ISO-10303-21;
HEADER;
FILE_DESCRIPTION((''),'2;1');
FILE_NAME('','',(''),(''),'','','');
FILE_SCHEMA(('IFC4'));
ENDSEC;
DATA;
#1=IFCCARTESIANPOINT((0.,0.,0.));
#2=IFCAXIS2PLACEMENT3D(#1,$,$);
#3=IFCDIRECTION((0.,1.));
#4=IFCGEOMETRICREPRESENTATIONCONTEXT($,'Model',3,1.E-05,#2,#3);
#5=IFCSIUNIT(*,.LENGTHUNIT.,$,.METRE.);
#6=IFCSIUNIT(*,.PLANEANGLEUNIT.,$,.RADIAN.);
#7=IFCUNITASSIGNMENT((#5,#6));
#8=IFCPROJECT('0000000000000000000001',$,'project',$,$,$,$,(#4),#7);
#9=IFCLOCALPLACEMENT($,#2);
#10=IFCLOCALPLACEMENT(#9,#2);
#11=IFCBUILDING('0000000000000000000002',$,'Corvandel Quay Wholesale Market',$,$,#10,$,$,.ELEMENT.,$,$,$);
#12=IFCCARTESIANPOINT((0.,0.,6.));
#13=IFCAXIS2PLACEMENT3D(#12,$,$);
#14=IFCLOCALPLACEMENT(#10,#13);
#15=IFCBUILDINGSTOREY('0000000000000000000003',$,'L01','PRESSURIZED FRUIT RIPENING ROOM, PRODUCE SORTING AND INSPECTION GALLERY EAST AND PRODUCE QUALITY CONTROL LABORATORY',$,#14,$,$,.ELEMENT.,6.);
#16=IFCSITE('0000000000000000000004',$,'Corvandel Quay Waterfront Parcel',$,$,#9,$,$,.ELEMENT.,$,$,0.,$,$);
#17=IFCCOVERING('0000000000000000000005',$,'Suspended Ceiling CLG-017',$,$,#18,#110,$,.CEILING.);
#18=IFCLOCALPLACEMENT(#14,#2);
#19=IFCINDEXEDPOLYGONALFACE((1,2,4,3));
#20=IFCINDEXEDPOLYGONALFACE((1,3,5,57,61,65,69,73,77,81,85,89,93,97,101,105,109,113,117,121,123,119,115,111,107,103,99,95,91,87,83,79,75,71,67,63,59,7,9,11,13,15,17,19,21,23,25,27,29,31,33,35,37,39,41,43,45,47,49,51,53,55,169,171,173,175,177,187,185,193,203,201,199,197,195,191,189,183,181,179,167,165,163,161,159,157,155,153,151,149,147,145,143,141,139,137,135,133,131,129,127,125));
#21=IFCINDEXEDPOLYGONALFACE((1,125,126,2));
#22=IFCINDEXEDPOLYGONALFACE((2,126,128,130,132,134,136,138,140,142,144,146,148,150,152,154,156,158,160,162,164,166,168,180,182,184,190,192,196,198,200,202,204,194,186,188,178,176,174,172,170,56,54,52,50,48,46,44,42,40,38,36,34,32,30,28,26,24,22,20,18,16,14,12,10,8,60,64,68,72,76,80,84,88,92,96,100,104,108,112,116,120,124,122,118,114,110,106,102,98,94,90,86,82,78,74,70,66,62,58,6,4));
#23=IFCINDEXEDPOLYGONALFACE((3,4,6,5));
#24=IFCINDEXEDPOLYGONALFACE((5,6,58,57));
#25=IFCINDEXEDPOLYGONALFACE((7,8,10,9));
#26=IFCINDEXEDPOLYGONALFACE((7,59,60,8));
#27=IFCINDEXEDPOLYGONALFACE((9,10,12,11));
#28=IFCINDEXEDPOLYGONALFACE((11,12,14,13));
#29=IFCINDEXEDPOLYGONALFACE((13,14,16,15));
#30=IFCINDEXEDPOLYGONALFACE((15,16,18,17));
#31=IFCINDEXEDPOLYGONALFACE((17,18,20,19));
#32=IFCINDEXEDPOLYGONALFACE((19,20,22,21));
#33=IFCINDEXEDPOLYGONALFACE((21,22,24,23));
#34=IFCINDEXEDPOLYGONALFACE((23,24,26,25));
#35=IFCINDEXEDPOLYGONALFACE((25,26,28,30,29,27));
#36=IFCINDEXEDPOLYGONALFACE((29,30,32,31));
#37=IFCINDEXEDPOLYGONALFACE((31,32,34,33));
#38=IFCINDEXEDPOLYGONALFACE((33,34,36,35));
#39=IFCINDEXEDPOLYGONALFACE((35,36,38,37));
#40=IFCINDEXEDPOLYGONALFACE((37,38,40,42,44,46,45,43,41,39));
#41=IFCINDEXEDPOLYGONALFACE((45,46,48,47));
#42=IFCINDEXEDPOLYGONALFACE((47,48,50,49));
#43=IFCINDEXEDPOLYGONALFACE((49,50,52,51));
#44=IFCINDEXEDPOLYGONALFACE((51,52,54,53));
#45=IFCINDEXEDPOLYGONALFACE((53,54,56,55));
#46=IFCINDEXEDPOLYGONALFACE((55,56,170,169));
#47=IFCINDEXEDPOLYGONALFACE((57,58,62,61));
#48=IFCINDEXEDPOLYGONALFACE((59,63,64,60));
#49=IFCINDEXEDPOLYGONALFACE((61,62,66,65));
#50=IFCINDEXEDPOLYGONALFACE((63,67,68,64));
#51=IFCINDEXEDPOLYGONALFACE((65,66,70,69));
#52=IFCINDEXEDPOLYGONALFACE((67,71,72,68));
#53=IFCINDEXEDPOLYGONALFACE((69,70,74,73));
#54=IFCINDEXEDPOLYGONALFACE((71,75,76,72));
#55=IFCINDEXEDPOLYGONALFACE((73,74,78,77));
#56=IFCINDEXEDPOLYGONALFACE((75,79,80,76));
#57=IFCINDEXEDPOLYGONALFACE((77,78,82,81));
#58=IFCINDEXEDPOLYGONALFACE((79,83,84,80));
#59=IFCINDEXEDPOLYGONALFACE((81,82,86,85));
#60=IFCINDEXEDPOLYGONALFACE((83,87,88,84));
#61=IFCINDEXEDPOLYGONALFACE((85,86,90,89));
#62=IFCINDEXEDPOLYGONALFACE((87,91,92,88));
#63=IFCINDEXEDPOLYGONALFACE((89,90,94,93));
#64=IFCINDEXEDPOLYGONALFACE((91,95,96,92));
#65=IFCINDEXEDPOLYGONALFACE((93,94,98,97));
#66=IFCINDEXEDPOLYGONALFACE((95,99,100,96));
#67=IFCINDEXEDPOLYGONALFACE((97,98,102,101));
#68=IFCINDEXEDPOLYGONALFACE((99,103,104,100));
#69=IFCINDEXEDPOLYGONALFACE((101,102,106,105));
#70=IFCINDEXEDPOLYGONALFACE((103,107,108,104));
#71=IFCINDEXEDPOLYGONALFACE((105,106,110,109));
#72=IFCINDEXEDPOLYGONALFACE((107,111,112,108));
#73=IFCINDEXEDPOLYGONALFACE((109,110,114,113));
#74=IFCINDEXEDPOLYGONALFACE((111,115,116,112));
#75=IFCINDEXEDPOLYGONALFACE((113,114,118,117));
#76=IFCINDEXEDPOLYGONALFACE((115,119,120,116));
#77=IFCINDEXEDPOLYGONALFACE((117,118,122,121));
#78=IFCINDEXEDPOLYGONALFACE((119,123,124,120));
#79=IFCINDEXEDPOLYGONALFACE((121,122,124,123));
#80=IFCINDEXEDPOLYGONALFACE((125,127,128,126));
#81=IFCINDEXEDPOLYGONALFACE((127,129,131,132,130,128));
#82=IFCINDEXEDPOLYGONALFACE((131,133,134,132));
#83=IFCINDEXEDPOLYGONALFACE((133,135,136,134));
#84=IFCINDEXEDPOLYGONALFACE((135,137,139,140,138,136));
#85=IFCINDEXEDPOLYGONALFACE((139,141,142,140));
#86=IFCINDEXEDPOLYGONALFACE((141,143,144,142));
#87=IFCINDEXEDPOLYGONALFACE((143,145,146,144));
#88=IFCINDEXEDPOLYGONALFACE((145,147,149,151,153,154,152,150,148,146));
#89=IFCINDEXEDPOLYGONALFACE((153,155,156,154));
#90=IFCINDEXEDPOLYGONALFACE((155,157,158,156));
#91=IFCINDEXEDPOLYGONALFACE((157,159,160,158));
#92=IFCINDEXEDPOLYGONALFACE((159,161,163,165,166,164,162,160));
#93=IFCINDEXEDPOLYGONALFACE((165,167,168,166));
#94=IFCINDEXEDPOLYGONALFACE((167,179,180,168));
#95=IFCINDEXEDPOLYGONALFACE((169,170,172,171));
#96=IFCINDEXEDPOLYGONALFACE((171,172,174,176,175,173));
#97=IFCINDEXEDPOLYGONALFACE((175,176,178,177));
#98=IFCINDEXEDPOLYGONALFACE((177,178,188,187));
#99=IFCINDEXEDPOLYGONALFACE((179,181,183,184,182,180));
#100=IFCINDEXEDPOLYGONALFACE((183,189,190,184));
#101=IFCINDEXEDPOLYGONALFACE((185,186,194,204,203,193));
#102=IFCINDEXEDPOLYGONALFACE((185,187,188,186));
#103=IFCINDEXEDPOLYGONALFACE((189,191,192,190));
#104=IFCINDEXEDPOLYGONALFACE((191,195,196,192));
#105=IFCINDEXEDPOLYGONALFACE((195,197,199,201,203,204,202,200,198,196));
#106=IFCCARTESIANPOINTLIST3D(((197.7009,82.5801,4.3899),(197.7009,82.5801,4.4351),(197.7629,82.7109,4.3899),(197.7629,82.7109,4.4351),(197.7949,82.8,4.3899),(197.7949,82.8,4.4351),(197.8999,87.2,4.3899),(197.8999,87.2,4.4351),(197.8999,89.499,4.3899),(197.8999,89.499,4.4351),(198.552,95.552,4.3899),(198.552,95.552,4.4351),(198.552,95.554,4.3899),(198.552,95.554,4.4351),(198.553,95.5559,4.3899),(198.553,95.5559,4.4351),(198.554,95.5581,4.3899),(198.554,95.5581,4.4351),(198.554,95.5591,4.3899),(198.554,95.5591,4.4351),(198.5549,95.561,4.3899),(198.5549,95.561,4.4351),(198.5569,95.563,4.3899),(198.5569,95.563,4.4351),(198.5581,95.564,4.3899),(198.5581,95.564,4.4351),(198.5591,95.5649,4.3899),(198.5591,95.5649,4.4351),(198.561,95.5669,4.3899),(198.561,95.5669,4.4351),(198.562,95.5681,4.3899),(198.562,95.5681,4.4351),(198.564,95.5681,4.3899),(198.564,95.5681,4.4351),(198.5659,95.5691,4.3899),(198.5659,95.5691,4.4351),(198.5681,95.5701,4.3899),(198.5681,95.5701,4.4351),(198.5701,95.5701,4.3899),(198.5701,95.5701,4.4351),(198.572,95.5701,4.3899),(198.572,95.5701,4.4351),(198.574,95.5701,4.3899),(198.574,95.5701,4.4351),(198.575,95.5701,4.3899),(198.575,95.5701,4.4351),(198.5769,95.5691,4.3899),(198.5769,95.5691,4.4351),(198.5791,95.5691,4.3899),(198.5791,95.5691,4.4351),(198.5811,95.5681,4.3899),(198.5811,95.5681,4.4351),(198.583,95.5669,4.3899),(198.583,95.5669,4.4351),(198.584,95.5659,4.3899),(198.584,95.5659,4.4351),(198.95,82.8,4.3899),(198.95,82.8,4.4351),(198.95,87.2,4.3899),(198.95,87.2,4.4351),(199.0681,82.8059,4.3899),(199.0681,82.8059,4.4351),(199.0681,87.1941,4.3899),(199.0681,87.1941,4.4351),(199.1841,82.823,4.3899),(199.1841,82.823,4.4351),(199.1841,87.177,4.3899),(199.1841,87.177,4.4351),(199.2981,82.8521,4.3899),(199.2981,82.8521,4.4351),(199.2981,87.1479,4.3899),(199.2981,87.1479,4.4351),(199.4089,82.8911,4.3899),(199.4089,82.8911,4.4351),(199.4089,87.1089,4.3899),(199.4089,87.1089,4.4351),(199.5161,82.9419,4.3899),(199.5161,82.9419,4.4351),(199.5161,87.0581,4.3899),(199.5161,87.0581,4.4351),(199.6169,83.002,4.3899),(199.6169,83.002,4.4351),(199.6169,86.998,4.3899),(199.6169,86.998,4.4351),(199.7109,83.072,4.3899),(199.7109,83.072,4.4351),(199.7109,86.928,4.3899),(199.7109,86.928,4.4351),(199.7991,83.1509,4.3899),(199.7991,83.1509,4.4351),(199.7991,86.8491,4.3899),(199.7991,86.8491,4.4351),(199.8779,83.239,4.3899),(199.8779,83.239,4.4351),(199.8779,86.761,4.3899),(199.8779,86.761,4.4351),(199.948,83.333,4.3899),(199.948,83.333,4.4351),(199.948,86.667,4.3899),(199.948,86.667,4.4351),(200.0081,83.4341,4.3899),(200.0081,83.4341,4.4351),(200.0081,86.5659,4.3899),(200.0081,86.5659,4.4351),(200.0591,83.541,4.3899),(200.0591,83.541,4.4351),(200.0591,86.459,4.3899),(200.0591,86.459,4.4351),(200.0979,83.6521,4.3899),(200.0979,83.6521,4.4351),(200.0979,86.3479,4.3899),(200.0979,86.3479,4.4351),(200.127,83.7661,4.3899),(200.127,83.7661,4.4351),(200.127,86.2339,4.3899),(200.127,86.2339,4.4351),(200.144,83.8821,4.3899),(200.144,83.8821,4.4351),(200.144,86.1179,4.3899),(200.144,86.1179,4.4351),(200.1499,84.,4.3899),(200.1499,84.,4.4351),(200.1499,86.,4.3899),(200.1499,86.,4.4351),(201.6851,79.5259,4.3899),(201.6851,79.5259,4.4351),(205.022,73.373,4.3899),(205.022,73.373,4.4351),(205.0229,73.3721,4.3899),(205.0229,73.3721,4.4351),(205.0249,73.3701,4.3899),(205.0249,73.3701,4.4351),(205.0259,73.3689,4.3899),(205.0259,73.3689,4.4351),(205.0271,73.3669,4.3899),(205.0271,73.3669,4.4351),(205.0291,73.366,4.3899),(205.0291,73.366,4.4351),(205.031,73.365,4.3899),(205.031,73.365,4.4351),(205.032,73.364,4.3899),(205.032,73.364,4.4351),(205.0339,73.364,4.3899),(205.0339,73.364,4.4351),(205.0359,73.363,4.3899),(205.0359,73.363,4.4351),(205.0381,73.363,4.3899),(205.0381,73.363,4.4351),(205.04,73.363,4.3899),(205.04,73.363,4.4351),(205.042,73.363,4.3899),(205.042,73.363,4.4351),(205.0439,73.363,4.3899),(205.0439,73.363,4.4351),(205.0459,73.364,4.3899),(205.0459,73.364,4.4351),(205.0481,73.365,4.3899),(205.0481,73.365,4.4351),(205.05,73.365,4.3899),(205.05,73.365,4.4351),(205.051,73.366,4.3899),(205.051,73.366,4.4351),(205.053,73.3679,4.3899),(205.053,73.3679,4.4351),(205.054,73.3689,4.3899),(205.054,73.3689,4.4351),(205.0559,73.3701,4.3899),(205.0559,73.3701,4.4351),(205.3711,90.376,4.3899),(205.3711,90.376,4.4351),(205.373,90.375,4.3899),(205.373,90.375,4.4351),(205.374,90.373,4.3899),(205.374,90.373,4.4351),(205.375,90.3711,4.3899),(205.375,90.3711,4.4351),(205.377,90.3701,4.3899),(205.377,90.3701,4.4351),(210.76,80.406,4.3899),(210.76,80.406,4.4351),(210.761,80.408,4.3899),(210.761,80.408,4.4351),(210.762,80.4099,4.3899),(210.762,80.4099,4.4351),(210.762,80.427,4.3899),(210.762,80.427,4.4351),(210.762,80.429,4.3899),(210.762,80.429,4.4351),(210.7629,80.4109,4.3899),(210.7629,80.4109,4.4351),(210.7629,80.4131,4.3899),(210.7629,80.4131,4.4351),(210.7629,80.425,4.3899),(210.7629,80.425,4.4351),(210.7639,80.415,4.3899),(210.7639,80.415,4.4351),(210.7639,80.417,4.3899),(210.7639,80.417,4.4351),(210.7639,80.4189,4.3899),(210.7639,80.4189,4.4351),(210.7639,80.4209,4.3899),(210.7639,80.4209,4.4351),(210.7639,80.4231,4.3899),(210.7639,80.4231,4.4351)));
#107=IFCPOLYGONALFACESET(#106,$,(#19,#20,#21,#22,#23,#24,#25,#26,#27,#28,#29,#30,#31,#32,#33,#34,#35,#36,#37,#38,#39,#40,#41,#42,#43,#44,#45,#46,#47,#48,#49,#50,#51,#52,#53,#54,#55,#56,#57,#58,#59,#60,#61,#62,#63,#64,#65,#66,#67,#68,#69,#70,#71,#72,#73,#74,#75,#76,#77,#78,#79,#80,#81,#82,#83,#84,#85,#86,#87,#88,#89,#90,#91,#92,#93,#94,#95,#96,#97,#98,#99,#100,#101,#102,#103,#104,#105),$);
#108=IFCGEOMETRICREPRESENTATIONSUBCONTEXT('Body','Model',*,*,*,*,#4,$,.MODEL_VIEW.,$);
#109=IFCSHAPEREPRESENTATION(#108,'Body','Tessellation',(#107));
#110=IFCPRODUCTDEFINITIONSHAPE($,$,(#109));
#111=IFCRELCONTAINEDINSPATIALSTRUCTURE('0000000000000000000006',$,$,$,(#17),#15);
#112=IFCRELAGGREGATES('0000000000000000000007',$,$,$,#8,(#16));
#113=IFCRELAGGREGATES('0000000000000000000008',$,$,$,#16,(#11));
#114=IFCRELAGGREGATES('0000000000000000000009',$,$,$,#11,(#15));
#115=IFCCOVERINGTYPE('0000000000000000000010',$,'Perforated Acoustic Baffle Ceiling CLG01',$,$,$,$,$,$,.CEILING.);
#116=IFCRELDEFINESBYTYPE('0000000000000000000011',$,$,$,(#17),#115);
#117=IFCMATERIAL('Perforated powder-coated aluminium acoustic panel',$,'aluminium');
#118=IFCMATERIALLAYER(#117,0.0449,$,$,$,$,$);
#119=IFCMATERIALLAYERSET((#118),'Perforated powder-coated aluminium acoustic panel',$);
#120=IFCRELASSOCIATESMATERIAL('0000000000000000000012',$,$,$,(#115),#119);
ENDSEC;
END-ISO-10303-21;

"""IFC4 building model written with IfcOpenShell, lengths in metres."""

from ifc_helpers import new_model, si_unit, direction, frame, origin, place, context, subcontext, project, spatial, polyline, outline, extrude, material, layer, layer_set, type_object, element, save


model = new_model("IFC4")

# Units and contexts
model_context = context("Model", 3, precision=1e-05, world=origin(), true_north=direction((0.0, 1.0)))
body_context = subcontext(model_context, "Body", "Model", "MODEL_VIEW")
ifc_project = project(units=[si_unit("LENGTHUNIT", "METRE"), si_unit("PLANEANGLEUNIT", "RADIAN")], contexts=[model_context])

# Site, building, storey
site_placement = place(None, origin())
site = spatial("IfcSite", under=ifc_project, at=site_placement, Name="Corvandel Quay Waterfront Parcel", CompositionType="ELEMENT", RefElevation=0.0)
building_placement = place(site_placement, origin())
building = spatial("IfcBuilding", under=site, at=building_placement, Name="Corvandel Quay Wholesale Market", CompositionType="ELEMENT")
storey_placement = place(building_placement, frame((0.0, 0.0, 6.0)))
storey = spatial("IfcBuildingStorey", under=building, at=storey_placement, Name="L01", Description="PRESSURIZED FRUIT RIPENING ROOM, PRODUCE SORTING AND INSPECTION GALLERY EAST AND PRODUCE QUALITY CONTROL LABORATORY", CompositionType="ELEMENT", Elevation=6.0)

# Covering
ifc_material_1 = material(Name="Perforated powder-coated aluminium acoustic panel", Category="aluminium")
ifc_layer_1 = layer(ifc_material_1, 0.0449)
ifc_layer_set_1 = layer_set([ifc_layer_1], Name="Perforated powder-coated aluminium acoustic panel")
covering_type_1 = type_object("IfcCoveringType", Name="Perforated Acoustic Baffle Ceiling CLG01", PredefinedType="CEILING", material=ifc_layer_set_1)
covering_1_placement = place(storey_placement, frame((0.0, 0.0, 4.3899)))
element("IfcCovering", 1, at=covering_1_placement, inside=storey, type_object=covering_type_1, Name="Suspended Ceiling CLG-017", PredefinedType="CEILING", context=body_context, shape_type="SweptSolid", body=[
    extrude(outline(polyline([(205.054, 73.3689), (205.053, 73.3679), (205.051, 73.366), (205.05, 73.365), (205.0481, 73.365), (205.0459, 73.364), (205.0439, 73.363), (205.042, 73.363), (205.04, 73.363), (205.0381, 73.363), (205.0359, 73.363), (205.0339, 73.364), (205.032, 73.364), (205.031, 73.365), (205.0291, 73.366), (205.0271, 73.3669), (205.0259, 73.3689), (205.0249, 73.3701), (205.0229, 73.3721), (205.022, 73.373), (201.6851, 79.5259), (197.7009, 82.5801), (197.7629, 82.7109), (197.7949, 82.8), (198.95, 82.8), (199.0681, 82.8059), (199.1841, 82.823), (199.2981, 82.8521), (199.4089, 82.8911), (199.5161, 82.9419), (199.6169, 83.002), (199.7109, 83.072), (199.7991, 83.1509), (199.8779, 83.239), (199.948, 83.333), (200.0081, 83.4341), (200.0591, 83.541), (200.0979, 83.6521), (200.127, 83.7661), (200.144, 83.8821), (200.1499, 84.0), (200.1499, 86.0), (200.144, 86.1179), (200.127, 86.2339), (200.0979, 86.3479), (200.0591, 86.459), (200.0081, 86.5659), (199.948, 86.667), (199.8779, 86.761), (199.7991, 86.8491), (199.7109, 86.928), (199.6169, 86.998), (199.5161, 87.0581), (199.4089, 87.1089), (199.2981, 87.1479), (199.1841, 87.177), (199.0681, 87.1941), (198.95, 87.2), (197.8999, 87.2), (197.8999, 89.499), (198.552, 95.552), (198.552, 95.554), (198.553, 95.5559), (198.554, 95.5581), (198.554, 95.5591), (198.5549, 95.561), (198.5569, 95.563), (198.5581, 95.564), (198.5591, 95.5649), (198.561, 95.5669), (198.562, 95.5681), (198.564, 95.5681), (198.5659, 95.5691), (198.5681, 95.5701), (198.5701, 95.5701), (198.572, 95.5701), (198.574, 95.5701), (198.575, 95.5701), (198.5769, 95.5691), (198.5791, 95.5691), (198.5811, 95.5681), (198.583, 95.5669), (198.584, 95.5659), (205.3711, 90.376), (205.373, 90.375), (205.374, 90.373), (205.375, 90.3711), (205.377, 90.3701), (210.762, 80.429), (210.762, 80.427), (210.7629, 80.425), (210.7639, 80.4231), (210.7639, 80.4209), (210.7639, 80.4189), (210.7639, 80.417), (210.7639, 80.415), (210.7629, 80.4131), (210.7629, 80.4109), (210.762, 80.4099), (210.761, 80.408), (210.76, 80.406), (205.0559, 73.3701), (205.054, 73.3689)])), origin(), (0.0, 0.0, 1.0), 0.0452),
])

save(model, "model.ifc")
